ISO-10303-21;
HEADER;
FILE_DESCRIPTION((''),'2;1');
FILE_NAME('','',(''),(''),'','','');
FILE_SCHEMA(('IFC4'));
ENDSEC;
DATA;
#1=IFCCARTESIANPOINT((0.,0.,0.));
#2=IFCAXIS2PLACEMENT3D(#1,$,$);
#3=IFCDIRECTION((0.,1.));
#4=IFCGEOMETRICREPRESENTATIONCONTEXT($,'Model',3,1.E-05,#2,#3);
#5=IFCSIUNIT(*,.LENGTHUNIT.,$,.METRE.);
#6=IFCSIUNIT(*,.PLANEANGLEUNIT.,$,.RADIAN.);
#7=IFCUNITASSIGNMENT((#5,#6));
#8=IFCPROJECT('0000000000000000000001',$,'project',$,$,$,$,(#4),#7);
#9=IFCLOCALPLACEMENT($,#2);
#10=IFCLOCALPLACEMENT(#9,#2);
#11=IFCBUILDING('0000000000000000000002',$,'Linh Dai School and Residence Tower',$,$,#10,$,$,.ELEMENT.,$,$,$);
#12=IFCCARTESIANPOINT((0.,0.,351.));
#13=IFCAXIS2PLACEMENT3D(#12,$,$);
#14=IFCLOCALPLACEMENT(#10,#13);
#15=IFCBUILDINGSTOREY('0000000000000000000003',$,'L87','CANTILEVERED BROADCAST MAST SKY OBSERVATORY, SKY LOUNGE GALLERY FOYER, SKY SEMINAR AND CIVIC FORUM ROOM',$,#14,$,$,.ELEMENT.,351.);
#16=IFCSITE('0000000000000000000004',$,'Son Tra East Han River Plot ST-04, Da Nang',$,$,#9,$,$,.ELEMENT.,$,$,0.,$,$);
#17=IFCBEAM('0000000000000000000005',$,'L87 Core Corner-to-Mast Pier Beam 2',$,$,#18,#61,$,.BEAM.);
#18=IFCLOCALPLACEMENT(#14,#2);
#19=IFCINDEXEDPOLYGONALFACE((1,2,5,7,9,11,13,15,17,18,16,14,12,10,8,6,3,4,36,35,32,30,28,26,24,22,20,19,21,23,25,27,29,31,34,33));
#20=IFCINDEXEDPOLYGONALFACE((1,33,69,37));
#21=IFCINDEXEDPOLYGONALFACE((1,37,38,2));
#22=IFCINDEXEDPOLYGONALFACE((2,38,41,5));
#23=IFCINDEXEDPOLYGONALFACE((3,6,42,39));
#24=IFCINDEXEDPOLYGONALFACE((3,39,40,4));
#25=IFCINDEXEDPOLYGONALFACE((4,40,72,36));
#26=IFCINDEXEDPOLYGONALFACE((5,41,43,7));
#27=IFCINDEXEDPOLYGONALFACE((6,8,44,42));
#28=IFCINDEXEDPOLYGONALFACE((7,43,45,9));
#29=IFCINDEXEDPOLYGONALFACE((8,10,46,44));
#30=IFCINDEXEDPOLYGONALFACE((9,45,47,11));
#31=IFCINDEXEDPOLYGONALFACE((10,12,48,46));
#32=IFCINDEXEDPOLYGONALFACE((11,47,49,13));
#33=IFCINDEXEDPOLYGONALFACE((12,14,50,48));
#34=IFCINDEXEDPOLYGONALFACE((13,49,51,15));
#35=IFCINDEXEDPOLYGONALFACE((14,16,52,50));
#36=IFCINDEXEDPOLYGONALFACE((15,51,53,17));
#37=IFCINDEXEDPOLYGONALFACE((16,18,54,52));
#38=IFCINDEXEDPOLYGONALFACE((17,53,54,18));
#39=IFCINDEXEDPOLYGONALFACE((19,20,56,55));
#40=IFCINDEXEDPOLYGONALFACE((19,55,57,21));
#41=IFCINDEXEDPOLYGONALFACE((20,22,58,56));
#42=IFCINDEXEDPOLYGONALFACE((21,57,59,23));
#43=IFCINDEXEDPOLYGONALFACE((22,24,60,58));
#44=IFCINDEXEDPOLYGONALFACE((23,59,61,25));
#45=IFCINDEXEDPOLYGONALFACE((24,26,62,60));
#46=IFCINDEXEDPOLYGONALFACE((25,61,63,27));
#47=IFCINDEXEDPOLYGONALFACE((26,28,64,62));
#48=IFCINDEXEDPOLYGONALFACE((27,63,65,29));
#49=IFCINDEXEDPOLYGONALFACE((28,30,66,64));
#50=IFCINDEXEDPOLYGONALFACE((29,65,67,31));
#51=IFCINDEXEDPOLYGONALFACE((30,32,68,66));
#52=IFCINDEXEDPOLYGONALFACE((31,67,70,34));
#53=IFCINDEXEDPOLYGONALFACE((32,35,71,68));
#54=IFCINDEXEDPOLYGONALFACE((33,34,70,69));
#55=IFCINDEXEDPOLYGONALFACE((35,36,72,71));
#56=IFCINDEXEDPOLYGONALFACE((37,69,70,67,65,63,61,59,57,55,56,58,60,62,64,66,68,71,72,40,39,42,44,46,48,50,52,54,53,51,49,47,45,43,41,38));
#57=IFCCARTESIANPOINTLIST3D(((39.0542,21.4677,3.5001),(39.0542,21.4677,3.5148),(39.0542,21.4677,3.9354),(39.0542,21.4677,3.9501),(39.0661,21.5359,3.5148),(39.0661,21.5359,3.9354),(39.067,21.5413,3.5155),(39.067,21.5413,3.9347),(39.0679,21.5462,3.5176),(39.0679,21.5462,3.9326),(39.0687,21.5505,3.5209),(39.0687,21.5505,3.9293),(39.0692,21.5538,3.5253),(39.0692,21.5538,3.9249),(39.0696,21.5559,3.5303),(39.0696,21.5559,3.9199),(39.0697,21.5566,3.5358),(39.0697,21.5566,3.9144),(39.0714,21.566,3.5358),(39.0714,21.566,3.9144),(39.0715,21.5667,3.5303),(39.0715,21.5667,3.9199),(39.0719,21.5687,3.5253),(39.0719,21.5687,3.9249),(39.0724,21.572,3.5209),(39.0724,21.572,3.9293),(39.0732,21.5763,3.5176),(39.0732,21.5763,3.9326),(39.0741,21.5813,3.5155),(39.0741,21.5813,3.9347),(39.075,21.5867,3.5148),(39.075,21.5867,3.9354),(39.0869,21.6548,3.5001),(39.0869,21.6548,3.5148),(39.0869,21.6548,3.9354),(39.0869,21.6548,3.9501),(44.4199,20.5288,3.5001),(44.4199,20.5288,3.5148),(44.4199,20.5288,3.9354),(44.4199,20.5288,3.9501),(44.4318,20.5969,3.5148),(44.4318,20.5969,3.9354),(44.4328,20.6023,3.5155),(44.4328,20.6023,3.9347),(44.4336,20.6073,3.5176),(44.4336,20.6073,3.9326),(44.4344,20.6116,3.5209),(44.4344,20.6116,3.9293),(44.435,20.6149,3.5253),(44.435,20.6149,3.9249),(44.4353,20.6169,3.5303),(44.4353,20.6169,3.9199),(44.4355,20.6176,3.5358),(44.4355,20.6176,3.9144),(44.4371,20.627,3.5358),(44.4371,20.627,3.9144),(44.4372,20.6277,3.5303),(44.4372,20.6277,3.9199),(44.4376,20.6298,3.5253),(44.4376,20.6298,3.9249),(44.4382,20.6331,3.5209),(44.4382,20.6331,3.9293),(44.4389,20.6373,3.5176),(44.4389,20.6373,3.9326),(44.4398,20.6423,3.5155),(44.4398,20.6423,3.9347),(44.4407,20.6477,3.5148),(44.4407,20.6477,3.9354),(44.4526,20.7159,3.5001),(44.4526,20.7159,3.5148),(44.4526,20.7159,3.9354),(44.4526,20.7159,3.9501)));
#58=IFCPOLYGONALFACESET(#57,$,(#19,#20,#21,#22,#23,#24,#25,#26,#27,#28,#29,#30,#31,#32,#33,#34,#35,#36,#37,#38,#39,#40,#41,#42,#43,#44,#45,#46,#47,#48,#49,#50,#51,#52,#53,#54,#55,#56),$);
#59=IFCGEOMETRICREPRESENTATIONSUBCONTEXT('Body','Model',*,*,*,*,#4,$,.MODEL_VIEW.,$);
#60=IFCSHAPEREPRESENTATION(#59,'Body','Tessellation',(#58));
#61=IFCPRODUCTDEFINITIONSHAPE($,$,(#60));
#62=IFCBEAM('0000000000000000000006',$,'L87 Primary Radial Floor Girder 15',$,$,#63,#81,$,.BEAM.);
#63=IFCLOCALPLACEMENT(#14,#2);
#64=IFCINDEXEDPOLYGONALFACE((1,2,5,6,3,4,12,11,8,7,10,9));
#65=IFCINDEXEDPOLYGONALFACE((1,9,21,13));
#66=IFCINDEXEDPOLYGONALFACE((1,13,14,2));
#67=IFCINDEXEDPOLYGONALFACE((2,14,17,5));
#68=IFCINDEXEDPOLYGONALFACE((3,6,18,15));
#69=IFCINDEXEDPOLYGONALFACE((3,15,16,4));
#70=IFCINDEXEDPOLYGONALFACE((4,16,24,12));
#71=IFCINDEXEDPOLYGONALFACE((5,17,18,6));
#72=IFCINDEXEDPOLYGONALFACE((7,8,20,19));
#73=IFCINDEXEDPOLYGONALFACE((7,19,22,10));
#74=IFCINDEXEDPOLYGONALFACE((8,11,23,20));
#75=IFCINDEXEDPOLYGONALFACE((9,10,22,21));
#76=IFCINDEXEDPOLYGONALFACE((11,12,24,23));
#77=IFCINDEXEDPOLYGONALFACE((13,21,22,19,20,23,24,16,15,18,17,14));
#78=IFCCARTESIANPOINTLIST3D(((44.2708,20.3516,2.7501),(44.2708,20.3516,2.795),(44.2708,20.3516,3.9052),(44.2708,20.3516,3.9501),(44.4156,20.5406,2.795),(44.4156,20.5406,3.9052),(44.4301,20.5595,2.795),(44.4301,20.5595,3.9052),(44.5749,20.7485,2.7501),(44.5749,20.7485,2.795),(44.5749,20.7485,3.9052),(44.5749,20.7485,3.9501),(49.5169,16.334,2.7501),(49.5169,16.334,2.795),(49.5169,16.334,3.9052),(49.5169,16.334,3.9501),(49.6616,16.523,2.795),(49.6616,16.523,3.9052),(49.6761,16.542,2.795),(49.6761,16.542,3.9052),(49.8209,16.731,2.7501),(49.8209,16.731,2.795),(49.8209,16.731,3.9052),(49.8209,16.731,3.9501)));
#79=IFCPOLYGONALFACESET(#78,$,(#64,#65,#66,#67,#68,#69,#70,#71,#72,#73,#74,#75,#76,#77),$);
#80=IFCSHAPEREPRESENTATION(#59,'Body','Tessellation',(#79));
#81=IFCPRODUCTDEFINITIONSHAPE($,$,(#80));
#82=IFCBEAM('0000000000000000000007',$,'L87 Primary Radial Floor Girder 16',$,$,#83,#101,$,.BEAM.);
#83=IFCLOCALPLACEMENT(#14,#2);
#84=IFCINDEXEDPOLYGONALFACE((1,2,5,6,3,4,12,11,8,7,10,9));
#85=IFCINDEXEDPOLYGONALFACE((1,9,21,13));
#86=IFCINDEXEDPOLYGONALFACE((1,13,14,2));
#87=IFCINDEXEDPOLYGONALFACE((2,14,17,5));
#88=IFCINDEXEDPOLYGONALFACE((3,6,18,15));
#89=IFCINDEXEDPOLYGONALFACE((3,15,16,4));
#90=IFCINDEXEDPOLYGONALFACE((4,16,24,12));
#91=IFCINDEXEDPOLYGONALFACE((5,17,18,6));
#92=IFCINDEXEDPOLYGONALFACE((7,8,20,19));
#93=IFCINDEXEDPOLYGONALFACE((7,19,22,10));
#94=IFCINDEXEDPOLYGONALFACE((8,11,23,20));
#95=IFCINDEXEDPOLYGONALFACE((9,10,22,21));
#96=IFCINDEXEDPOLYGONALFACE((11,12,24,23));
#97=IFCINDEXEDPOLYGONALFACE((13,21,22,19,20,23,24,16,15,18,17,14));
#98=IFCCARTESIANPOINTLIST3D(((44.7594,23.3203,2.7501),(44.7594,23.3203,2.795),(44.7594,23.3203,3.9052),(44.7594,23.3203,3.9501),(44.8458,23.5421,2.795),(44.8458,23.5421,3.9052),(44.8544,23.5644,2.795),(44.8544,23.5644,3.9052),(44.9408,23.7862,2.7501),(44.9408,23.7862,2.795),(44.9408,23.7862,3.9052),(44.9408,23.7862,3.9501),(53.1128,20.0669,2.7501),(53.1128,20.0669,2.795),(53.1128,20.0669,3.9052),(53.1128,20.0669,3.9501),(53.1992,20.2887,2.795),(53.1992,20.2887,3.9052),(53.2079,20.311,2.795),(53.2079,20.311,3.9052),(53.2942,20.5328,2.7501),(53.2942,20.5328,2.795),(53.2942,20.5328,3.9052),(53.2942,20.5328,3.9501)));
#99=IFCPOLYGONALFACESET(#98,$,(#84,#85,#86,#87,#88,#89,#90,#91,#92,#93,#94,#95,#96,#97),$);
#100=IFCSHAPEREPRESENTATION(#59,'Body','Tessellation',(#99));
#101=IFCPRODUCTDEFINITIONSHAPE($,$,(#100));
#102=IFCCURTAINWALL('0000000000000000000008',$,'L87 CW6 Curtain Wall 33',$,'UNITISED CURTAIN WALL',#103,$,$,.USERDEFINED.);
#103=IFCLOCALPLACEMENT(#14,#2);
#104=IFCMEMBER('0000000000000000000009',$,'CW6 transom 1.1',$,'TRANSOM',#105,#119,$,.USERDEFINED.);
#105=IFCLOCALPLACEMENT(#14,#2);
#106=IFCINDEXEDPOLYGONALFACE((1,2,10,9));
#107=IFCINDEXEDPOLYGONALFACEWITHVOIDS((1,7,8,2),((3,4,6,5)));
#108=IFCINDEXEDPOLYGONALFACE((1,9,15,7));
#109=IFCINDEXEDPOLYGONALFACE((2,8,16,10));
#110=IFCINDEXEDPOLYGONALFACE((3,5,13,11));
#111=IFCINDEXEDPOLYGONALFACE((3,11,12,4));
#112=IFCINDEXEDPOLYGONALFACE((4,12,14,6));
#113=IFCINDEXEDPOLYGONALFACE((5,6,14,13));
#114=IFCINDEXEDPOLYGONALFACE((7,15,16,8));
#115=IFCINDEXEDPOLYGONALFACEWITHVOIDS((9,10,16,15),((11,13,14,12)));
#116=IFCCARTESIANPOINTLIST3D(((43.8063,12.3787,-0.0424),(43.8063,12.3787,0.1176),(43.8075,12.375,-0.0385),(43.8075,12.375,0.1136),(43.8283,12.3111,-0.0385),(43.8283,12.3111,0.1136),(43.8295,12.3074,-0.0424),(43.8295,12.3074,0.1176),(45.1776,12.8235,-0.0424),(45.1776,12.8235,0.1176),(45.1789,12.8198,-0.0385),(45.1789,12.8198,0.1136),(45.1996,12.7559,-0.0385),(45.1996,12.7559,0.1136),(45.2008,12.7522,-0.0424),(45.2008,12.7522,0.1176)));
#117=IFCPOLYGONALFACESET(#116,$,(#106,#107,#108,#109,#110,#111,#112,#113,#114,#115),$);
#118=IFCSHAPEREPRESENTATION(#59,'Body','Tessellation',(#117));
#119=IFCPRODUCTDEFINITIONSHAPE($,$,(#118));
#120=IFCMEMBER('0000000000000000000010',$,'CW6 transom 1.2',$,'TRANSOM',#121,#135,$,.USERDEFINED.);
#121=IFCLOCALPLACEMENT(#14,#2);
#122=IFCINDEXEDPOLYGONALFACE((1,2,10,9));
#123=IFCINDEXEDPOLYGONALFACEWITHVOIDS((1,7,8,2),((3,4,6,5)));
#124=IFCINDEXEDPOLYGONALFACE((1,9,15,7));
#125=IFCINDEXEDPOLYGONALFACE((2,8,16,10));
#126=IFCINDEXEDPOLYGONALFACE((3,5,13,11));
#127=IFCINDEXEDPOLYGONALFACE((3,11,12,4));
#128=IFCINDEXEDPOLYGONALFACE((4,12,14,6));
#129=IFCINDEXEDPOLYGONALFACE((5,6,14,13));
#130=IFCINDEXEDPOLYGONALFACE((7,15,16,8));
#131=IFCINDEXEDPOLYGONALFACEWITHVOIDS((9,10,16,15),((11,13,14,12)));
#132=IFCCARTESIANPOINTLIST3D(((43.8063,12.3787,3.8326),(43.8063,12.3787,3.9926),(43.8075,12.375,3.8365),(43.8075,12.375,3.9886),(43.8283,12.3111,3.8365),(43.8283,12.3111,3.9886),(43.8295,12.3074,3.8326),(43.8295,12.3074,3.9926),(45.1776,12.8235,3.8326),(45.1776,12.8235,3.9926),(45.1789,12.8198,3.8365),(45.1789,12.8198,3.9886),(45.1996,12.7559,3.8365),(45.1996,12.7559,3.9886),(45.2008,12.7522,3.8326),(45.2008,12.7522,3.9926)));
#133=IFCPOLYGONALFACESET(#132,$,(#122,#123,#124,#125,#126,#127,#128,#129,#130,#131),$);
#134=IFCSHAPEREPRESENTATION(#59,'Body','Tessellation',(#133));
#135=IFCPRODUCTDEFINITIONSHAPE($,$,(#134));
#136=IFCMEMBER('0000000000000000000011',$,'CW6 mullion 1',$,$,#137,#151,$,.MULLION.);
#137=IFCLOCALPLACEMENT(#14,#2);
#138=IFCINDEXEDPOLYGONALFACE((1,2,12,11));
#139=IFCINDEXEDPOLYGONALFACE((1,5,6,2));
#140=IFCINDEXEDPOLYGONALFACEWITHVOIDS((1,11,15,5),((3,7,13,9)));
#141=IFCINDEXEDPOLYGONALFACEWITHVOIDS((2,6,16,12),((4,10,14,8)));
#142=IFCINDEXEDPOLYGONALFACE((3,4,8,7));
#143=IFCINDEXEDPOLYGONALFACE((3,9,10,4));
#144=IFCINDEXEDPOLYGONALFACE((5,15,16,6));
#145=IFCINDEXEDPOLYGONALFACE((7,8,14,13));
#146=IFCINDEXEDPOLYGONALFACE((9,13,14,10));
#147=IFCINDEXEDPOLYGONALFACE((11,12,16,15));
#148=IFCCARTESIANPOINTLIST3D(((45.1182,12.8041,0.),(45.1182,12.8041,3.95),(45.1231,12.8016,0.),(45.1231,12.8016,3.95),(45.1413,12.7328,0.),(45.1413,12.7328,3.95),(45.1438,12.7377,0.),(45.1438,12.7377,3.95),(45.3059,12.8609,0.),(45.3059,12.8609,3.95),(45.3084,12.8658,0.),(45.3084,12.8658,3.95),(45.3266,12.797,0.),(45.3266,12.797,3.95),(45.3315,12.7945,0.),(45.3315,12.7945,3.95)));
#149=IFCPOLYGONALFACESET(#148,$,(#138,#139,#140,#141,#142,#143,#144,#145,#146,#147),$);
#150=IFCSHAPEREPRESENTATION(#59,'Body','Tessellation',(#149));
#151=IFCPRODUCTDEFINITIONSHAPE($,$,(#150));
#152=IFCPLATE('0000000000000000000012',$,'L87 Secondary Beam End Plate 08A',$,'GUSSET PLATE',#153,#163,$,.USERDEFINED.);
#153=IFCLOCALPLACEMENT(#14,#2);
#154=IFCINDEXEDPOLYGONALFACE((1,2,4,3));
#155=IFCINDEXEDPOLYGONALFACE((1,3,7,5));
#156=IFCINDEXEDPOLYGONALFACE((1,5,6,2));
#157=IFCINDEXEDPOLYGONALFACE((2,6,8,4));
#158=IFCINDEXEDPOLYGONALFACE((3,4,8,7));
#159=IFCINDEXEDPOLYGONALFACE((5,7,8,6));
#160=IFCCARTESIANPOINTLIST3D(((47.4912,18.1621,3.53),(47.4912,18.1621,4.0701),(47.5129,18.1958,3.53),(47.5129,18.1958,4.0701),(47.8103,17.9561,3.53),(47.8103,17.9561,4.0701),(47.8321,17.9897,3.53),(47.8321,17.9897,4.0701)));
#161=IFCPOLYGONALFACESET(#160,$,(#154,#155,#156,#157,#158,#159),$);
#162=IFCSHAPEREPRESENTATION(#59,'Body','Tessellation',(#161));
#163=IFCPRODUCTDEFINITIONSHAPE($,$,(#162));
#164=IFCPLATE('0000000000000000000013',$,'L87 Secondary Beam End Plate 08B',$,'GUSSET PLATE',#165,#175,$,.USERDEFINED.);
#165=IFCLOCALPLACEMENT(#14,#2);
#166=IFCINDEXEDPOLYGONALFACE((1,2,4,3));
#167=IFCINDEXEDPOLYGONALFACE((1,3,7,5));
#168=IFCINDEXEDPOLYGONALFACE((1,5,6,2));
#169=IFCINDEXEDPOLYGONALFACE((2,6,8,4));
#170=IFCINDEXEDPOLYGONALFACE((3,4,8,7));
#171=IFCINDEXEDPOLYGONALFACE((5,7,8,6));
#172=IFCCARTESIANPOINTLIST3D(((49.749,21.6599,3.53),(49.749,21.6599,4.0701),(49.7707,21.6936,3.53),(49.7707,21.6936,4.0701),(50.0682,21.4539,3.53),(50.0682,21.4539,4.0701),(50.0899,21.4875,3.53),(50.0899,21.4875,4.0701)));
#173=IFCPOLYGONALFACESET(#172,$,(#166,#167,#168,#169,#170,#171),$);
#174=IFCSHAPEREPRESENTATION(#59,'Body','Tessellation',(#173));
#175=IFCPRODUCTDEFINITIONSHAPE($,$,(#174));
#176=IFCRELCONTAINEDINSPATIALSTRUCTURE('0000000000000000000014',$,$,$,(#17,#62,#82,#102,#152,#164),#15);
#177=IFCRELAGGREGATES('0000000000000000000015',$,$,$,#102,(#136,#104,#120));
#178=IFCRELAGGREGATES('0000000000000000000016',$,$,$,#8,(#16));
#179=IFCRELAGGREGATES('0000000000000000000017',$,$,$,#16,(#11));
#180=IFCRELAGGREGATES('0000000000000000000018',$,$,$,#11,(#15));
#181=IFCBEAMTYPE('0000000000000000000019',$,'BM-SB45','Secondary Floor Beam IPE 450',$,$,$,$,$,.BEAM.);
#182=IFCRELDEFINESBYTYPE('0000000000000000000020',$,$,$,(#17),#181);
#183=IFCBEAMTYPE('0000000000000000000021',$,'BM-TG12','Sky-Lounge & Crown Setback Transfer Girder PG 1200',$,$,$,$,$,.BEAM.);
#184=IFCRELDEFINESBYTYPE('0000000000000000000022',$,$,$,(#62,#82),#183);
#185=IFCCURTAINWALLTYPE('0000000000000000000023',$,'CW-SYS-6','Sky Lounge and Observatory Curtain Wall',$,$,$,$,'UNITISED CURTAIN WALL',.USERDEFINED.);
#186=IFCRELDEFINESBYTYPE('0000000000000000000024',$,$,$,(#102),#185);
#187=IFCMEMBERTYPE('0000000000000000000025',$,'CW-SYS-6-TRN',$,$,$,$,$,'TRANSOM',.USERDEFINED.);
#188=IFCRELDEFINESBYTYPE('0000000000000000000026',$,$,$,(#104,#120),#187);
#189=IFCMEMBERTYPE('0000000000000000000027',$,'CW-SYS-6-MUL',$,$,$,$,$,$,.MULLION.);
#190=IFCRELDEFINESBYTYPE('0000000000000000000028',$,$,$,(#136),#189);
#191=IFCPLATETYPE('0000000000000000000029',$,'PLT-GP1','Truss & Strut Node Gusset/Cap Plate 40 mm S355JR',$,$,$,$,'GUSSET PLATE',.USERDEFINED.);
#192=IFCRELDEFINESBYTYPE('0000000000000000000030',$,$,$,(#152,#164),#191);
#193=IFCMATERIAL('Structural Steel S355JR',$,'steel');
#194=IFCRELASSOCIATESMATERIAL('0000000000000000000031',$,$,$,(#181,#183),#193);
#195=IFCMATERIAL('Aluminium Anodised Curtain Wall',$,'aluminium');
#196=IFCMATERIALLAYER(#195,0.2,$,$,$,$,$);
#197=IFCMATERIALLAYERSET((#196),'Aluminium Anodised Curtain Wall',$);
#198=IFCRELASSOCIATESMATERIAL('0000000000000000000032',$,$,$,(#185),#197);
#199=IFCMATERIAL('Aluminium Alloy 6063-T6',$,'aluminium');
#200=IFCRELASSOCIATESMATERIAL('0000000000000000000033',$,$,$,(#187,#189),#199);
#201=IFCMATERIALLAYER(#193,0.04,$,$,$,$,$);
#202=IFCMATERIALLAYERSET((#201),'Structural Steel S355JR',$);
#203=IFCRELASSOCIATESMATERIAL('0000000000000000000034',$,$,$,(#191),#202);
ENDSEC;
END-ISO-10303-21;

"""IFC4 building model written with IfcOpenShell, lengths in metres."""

from ifc_helpers import new_model, si_unit, direction, frame, origin, origin_2d, place, context, subcontext, project, spatial, rectangle, hollow_rectangle, i_section, extrude, source, transform, mapped, material, layer, layer_set, material_profile, profile_set, type_object, element, aggregate, save


model = new_model("IFC4")

# Units and contexts
model_context = context("Model", 3, precision=1e-05, world=origin(), true_north=direction((0.0, 1.0)))
body_context = subcontext(model_context, "Body", "Model", "MODEL_VIEW")
ifc_project = project(units=[si_unit("LENGTHUNIT", "METRE"), si_unit("PLANEANGLEUNIT", "RADIAN")], contexts=[model_context])

# Site, building, storey
site_placement = place(None, origin())
site = spatial("IfcSite", under=ifc_project, at=site_placement, Name="Son Tra East Han River Plot ST-04, Da Nang", CompositionType="ELEMENT", RefElevation=0.0)
building_placement = place(site_placement, origin())
building = spatial("IfcBuilding", under=site, at=building_placement, Name="Linh Dai School and Residence Tower", CompositionType="ELEMENT")
storey_placement = place(building_placement, frame((0.0, 0.0, 351.0)))
storey = spatial("IfcBuildingStorey", under=building, at=storey_placement, Name="L87", Description="CANTILEVERED BROADCAST MAST SKY OBSERVATORY, SKY LOUNGE GALLERY FOYER, SKY SEMINAR AND CIVIC FORUM ROOM", CompositionType="ELEMENT", Elevation=351.0)

# Shared definitions
ifc_material_1 = material(Name="Structural Steel S355JR", Category="steel")

# Beams
ifc_material_profile_1 = material_profile(ifc_material_1, i_section(OverallWidth=0.1899, OverallDepth=0.45, WebThickness=0.0095, FlangeThickness=0.0146, FilletRadius=0.021, at=origin_2d()), Name="IPE 450")
ifc_profile_set_1 = profile_set([ifc_material_profile_1], Name="Structural Steel S355JR")
beam_type_1 = type_object("IfcBeamType", Name="BM-SB45", Description="Secondary Floor Beam IPE 450", PredefinedType="BEAM", material=ifc_profile_set_1)
beam_1_placement = place(storey_placement, frame((44.4363, 20.6223, 3.7251), z_axis=(-0.985032, 0.172374, 0.0), x_axis=(-0.172374, -0.985032, 0.0)))
element("IfcBeam", 1, at=beam_1_placement, inside=storey, type_object=beam_type_1, Name="L87 Core Corner-to-Mast Pier Beam 2", PredefinedType="BEAM", context=body_context, shape_type="SweptSolid", body=[
    extrude(i_section(OverallWidth=0.1899, OverallDepth=0.45, WebThickness=0.0095, FlangeThickness=0.0146, FilletRadius=0.021, at=origin_2d()), origin(), (0.0, 0.0, 1.0), 5.4473),
])
ifc_material_profile_2 = material_profile(ifc_material_1, i_section(OverallWidth=0.5, OverallDepth=1.2, WebThickness=0.0239, FlangeThickness=0.0449, at=origin_2d()), Name="PG 1200x500x24x45")
ifc_profile_set_2 = profile_set([ifc_material_profile_2], Name="Structural Steel S355JR")
beam_type_2 = type_object("IfcBeamType", Name="BM-TG12", Description="Sky-Lounge & Crown Setback Transfer Girder PG 1200", PredefinedType="BEAM", material=ifc_profile_set_2)
beam_2_placement = place(storey_placement, frame((44.4229, 20.55, 3.3501), z_axis=(0.79393, -0.608009, 0.0), x_axis=(0.608009, 0.79393, 0.0)))
element("IfcBeam", 2, at=beam_2_placement, inside=storey, type_object=beam_type_2, Name="L87 Primary Radial Floor Girder 15", PredefinedType="BEAM", context=body_context, shape_type="SweptSolid", body=[
    extrude(i_section(OverallWidth=0.5, OverallDepth=1.2, WebThickness=0.0239, FlangeThickness=0.0449, at=origin_2d()), origin(), (0.0, 0.0, 1.0), 6.6077),
])
beam_3_placement = place(storey_placement, frame((44.8501, 23.5532, 3.3501), z_axis=(0.931823, -0.362914, 0.0), x_axis=(0.362914, 0.931823, 0.0)))
element("IfcBeam", 3, at=beam_3_placement, inside=storey, type_object=beam_type_2, Name="L87 Primary Radial Floor Girder 16", PredefinedType="BEAM", context=body_context, shape_type="SweptSolid", body=[
    extrude(i_section(OverallWidth=0.5, OverallDepth=1.2, WebThickness=0.0239, FlangeThickness=0.0449, at=origin_2d()), origin(), (0.0, 0.0, 1.0), 8.9646),
])

# Curtain wall, members
ifc_material_2 = material(Name="Aluminium Anodised Curtain Wall", Category="aluminium")
ifc_layer_1 = layer(ifc_material_2, 0.2)
ifc_layer_set_1 = layer_set([ifc_layer_1], Name="Aluminium Anodised Curtain Wall")
curtain_wall_type = type_object("IfcCurtainWallType", Name="CW-SYS-6", Description="Sky Lounge and Observatory Curtain Wall", ElementType="UNITISED CURTAIN WALL", PredefinedType="USERDEFINED", material=ifc_layer_set_1)
curtain_wall_placement = place(storey_placement, origin())
curtain_wall = element("IfcCurtainWall", 4, at=curtain_wall_placement, inside=storey, type_object=curtain_wall_type, Name="L87 CW6 Curtain Wall 33", ObjectType="UNITISED CURTAIN WALL", PredefinedType="USERDEFINED")
ifc_material_3 = material(Name="Aluminium Alloy 6063-T6", Category="aluminium")
ifc_material_profile_3 = material_profile(ifc_material_3, hollow_rectangle(XDim=0.075, YDim=0.1599, WallThickness=0.0039, at=origin_2d()), Name="RHS 160x75x4")
ifc_profile_set_3 = profile_set([ifc_material_profile_3], Name="Aluminium Alloy 6063-T6")
member_type_1 = type_object("IfcMemberType", Name="CW-SYS-6-TRN", ElementType="TRANSOM", PredefinedType="USERDEFINED", material=ifc_profile_set_3)
shared_shape_1 = source(origin(), body_context, "Body", "SweptSolid", [
    extrude(hollow_rectangle(XDim=0.075, YDim=0.1599, WallThickness=0.0039, at=origin_2d()), origin(), (0.0, 0.0, 1.0), 1.4417),
])
member_1_placement = place(storey_placement, frame((45.1892, 12.7878, 0.0376), z_axis=(-0.951209, -0.308546, 0.0), x_axis=(0.308546, -0.951209, 0.0)))
member_1 = element("IfcMember", 5, at=member_1_placement, type_object=member_type_1, Name="CW6 transom 1.1", ObjectType="TRANSOM", PredefinedType="USERDEFINED", context=body_context, shape_type="MappedRepresentation", body=[
    mapped(shared_shape_1, transform((0.0, 0.0, 0.0), x_axis=(1.0, 0.0, 0.0), y_axis=(0.0, 1.0, 0.0), z_axis=(0.0, 0.0, 1.0), scale=1.0)),
])
member_2_placement = place(storey_placement, frame((45.1892, 12.7878, 3.9126), z_axis=(-0.951209, -0.308546, 0.0), x_axis=(0.308546, -0.951209, 0.0)))
member_2 = element("IfcMember", 6, at=member_2_placement, type_object=member_type_1, Name="CW6 transom 1.2", ObjectType="TRANSOM", PredefinedType="USERDEFINED", context=body_context, shape_type="MappedRepresentation", body=[
    mapped(shared_shape_1, transform((0.0, 0.0, 0.0), x_axis=(1.0, 0.0, 0.0), y_axis=(0.0, 1.0, 0.0), z_axis=(0.0, 0.0, 1.0), scale=1.0)),
])
ifc_material_profile_4 = material_profile(ifc_material_3, hollow_rectangle(XDim=0.075, YDim=0.2, WallThickness=0.0039, at=origin_2d()), Name="RHS 200x75x4")
ifc_profile_set_4 = profile_set([ifc_material_profile_4], Name="Aluminium Alloy 6063-T6")
member_type_2 = type_object("IfcMemberType", Name="CW-SYS-6-MUL", PredefinedType="MULLION", material=ifc_profile_set_4)
shared_shape_2 = source(origin(), body_context, "Body", "SweptSolid", [
    extrude(hollow_rectangle(XDim=0.075, YDim=0.2, WallThickness=0.0039, at=origin_2d()), origin(), (0.0, 0.0, 1.0), 3.95),
])
member_3_placement = place(storey_placement, frame((45.2249, 12.7993, 0.0), z_axis=(0.0, 0.0, 1.0), x_axis=(0.308565, -0.951203, 0.0)))
member_3 = element("IfcMember", 7, at=member_3_placement, type_object=member_type_2, Name="CW6 mullion 1", PredefinedType="MULLION", context=body_context, shape_type="MappedRepresentation", body=[
    mapped(shared_shape_2, transform((0.0, 0.0, 0.0), x_axis=(1.0, 0.0, 0.0), y_axis=(0.0, 1.0, 0.0), z_axis=(0.0, 0.0, 1.0), scale=1.0)),
])

# Plates
ifc_layer_2 = layer(ifc_material_1, 0.04)
ifc_layer_set_2 = layer_set([ifc_layer_2], Name="Structural Steel S355JR")
plate_type_1 = type_object("IfcPlateType", Name="PLT-GP1", Description="Truss & Strut Node Gusset/Cap Plate 40 mm S355JR", ElementType="GUSSET PLATE", PredefinedType="USERDEFINED", material=ifc_layer_set_2)
shared_shape_3 = source(origin(), body_context, "Body", "SweptSolid", [
    extrude(rectangle(XDim=0.04, YDim=0.3799, at=origin_2d()), origin(), (0.0, 0.0, 1.0), 0.54),
])
for number, where, z_axis, x_axis, name in (
    (8, (47.6616, 18.0759, 3.53), (0.0, 0.0, 1.0), (0.542322, 0.840171, 0.0), "L87 Secondary Beam End Plate 08A"),
    (9, (49.9194, 21.5737, 3.53), (0.0, 0.0, 1.0), (0.542322, 0.840171, 0.0), "L87 Secondary Beam End Plate 08B"),
):
    element("IfcPlate", number, at=place(storey_placement, frame(where, z_axis=z_axis, x_axis=x_axis)), inside=storey, type_object=plate_type_1, Name=name, ObjectType="GUSSET PLATE", PredefinedType="USERDEFINED", context=body_context, shape_type="MappedRepresentation", body=[
        mapped(shared_shape_3, transform((0.0, 0.0, 0.0), x_axis=(1.0, 0.0, 0.0), y_axis=(0.0, 1.0, 0.0), z_axis=(0.0, 0.0, 1.0), scale=1.0)),
    ])

aggregate(curtain_wall, [member_3, member_1, member_2])

save(model, "model.ifc")
